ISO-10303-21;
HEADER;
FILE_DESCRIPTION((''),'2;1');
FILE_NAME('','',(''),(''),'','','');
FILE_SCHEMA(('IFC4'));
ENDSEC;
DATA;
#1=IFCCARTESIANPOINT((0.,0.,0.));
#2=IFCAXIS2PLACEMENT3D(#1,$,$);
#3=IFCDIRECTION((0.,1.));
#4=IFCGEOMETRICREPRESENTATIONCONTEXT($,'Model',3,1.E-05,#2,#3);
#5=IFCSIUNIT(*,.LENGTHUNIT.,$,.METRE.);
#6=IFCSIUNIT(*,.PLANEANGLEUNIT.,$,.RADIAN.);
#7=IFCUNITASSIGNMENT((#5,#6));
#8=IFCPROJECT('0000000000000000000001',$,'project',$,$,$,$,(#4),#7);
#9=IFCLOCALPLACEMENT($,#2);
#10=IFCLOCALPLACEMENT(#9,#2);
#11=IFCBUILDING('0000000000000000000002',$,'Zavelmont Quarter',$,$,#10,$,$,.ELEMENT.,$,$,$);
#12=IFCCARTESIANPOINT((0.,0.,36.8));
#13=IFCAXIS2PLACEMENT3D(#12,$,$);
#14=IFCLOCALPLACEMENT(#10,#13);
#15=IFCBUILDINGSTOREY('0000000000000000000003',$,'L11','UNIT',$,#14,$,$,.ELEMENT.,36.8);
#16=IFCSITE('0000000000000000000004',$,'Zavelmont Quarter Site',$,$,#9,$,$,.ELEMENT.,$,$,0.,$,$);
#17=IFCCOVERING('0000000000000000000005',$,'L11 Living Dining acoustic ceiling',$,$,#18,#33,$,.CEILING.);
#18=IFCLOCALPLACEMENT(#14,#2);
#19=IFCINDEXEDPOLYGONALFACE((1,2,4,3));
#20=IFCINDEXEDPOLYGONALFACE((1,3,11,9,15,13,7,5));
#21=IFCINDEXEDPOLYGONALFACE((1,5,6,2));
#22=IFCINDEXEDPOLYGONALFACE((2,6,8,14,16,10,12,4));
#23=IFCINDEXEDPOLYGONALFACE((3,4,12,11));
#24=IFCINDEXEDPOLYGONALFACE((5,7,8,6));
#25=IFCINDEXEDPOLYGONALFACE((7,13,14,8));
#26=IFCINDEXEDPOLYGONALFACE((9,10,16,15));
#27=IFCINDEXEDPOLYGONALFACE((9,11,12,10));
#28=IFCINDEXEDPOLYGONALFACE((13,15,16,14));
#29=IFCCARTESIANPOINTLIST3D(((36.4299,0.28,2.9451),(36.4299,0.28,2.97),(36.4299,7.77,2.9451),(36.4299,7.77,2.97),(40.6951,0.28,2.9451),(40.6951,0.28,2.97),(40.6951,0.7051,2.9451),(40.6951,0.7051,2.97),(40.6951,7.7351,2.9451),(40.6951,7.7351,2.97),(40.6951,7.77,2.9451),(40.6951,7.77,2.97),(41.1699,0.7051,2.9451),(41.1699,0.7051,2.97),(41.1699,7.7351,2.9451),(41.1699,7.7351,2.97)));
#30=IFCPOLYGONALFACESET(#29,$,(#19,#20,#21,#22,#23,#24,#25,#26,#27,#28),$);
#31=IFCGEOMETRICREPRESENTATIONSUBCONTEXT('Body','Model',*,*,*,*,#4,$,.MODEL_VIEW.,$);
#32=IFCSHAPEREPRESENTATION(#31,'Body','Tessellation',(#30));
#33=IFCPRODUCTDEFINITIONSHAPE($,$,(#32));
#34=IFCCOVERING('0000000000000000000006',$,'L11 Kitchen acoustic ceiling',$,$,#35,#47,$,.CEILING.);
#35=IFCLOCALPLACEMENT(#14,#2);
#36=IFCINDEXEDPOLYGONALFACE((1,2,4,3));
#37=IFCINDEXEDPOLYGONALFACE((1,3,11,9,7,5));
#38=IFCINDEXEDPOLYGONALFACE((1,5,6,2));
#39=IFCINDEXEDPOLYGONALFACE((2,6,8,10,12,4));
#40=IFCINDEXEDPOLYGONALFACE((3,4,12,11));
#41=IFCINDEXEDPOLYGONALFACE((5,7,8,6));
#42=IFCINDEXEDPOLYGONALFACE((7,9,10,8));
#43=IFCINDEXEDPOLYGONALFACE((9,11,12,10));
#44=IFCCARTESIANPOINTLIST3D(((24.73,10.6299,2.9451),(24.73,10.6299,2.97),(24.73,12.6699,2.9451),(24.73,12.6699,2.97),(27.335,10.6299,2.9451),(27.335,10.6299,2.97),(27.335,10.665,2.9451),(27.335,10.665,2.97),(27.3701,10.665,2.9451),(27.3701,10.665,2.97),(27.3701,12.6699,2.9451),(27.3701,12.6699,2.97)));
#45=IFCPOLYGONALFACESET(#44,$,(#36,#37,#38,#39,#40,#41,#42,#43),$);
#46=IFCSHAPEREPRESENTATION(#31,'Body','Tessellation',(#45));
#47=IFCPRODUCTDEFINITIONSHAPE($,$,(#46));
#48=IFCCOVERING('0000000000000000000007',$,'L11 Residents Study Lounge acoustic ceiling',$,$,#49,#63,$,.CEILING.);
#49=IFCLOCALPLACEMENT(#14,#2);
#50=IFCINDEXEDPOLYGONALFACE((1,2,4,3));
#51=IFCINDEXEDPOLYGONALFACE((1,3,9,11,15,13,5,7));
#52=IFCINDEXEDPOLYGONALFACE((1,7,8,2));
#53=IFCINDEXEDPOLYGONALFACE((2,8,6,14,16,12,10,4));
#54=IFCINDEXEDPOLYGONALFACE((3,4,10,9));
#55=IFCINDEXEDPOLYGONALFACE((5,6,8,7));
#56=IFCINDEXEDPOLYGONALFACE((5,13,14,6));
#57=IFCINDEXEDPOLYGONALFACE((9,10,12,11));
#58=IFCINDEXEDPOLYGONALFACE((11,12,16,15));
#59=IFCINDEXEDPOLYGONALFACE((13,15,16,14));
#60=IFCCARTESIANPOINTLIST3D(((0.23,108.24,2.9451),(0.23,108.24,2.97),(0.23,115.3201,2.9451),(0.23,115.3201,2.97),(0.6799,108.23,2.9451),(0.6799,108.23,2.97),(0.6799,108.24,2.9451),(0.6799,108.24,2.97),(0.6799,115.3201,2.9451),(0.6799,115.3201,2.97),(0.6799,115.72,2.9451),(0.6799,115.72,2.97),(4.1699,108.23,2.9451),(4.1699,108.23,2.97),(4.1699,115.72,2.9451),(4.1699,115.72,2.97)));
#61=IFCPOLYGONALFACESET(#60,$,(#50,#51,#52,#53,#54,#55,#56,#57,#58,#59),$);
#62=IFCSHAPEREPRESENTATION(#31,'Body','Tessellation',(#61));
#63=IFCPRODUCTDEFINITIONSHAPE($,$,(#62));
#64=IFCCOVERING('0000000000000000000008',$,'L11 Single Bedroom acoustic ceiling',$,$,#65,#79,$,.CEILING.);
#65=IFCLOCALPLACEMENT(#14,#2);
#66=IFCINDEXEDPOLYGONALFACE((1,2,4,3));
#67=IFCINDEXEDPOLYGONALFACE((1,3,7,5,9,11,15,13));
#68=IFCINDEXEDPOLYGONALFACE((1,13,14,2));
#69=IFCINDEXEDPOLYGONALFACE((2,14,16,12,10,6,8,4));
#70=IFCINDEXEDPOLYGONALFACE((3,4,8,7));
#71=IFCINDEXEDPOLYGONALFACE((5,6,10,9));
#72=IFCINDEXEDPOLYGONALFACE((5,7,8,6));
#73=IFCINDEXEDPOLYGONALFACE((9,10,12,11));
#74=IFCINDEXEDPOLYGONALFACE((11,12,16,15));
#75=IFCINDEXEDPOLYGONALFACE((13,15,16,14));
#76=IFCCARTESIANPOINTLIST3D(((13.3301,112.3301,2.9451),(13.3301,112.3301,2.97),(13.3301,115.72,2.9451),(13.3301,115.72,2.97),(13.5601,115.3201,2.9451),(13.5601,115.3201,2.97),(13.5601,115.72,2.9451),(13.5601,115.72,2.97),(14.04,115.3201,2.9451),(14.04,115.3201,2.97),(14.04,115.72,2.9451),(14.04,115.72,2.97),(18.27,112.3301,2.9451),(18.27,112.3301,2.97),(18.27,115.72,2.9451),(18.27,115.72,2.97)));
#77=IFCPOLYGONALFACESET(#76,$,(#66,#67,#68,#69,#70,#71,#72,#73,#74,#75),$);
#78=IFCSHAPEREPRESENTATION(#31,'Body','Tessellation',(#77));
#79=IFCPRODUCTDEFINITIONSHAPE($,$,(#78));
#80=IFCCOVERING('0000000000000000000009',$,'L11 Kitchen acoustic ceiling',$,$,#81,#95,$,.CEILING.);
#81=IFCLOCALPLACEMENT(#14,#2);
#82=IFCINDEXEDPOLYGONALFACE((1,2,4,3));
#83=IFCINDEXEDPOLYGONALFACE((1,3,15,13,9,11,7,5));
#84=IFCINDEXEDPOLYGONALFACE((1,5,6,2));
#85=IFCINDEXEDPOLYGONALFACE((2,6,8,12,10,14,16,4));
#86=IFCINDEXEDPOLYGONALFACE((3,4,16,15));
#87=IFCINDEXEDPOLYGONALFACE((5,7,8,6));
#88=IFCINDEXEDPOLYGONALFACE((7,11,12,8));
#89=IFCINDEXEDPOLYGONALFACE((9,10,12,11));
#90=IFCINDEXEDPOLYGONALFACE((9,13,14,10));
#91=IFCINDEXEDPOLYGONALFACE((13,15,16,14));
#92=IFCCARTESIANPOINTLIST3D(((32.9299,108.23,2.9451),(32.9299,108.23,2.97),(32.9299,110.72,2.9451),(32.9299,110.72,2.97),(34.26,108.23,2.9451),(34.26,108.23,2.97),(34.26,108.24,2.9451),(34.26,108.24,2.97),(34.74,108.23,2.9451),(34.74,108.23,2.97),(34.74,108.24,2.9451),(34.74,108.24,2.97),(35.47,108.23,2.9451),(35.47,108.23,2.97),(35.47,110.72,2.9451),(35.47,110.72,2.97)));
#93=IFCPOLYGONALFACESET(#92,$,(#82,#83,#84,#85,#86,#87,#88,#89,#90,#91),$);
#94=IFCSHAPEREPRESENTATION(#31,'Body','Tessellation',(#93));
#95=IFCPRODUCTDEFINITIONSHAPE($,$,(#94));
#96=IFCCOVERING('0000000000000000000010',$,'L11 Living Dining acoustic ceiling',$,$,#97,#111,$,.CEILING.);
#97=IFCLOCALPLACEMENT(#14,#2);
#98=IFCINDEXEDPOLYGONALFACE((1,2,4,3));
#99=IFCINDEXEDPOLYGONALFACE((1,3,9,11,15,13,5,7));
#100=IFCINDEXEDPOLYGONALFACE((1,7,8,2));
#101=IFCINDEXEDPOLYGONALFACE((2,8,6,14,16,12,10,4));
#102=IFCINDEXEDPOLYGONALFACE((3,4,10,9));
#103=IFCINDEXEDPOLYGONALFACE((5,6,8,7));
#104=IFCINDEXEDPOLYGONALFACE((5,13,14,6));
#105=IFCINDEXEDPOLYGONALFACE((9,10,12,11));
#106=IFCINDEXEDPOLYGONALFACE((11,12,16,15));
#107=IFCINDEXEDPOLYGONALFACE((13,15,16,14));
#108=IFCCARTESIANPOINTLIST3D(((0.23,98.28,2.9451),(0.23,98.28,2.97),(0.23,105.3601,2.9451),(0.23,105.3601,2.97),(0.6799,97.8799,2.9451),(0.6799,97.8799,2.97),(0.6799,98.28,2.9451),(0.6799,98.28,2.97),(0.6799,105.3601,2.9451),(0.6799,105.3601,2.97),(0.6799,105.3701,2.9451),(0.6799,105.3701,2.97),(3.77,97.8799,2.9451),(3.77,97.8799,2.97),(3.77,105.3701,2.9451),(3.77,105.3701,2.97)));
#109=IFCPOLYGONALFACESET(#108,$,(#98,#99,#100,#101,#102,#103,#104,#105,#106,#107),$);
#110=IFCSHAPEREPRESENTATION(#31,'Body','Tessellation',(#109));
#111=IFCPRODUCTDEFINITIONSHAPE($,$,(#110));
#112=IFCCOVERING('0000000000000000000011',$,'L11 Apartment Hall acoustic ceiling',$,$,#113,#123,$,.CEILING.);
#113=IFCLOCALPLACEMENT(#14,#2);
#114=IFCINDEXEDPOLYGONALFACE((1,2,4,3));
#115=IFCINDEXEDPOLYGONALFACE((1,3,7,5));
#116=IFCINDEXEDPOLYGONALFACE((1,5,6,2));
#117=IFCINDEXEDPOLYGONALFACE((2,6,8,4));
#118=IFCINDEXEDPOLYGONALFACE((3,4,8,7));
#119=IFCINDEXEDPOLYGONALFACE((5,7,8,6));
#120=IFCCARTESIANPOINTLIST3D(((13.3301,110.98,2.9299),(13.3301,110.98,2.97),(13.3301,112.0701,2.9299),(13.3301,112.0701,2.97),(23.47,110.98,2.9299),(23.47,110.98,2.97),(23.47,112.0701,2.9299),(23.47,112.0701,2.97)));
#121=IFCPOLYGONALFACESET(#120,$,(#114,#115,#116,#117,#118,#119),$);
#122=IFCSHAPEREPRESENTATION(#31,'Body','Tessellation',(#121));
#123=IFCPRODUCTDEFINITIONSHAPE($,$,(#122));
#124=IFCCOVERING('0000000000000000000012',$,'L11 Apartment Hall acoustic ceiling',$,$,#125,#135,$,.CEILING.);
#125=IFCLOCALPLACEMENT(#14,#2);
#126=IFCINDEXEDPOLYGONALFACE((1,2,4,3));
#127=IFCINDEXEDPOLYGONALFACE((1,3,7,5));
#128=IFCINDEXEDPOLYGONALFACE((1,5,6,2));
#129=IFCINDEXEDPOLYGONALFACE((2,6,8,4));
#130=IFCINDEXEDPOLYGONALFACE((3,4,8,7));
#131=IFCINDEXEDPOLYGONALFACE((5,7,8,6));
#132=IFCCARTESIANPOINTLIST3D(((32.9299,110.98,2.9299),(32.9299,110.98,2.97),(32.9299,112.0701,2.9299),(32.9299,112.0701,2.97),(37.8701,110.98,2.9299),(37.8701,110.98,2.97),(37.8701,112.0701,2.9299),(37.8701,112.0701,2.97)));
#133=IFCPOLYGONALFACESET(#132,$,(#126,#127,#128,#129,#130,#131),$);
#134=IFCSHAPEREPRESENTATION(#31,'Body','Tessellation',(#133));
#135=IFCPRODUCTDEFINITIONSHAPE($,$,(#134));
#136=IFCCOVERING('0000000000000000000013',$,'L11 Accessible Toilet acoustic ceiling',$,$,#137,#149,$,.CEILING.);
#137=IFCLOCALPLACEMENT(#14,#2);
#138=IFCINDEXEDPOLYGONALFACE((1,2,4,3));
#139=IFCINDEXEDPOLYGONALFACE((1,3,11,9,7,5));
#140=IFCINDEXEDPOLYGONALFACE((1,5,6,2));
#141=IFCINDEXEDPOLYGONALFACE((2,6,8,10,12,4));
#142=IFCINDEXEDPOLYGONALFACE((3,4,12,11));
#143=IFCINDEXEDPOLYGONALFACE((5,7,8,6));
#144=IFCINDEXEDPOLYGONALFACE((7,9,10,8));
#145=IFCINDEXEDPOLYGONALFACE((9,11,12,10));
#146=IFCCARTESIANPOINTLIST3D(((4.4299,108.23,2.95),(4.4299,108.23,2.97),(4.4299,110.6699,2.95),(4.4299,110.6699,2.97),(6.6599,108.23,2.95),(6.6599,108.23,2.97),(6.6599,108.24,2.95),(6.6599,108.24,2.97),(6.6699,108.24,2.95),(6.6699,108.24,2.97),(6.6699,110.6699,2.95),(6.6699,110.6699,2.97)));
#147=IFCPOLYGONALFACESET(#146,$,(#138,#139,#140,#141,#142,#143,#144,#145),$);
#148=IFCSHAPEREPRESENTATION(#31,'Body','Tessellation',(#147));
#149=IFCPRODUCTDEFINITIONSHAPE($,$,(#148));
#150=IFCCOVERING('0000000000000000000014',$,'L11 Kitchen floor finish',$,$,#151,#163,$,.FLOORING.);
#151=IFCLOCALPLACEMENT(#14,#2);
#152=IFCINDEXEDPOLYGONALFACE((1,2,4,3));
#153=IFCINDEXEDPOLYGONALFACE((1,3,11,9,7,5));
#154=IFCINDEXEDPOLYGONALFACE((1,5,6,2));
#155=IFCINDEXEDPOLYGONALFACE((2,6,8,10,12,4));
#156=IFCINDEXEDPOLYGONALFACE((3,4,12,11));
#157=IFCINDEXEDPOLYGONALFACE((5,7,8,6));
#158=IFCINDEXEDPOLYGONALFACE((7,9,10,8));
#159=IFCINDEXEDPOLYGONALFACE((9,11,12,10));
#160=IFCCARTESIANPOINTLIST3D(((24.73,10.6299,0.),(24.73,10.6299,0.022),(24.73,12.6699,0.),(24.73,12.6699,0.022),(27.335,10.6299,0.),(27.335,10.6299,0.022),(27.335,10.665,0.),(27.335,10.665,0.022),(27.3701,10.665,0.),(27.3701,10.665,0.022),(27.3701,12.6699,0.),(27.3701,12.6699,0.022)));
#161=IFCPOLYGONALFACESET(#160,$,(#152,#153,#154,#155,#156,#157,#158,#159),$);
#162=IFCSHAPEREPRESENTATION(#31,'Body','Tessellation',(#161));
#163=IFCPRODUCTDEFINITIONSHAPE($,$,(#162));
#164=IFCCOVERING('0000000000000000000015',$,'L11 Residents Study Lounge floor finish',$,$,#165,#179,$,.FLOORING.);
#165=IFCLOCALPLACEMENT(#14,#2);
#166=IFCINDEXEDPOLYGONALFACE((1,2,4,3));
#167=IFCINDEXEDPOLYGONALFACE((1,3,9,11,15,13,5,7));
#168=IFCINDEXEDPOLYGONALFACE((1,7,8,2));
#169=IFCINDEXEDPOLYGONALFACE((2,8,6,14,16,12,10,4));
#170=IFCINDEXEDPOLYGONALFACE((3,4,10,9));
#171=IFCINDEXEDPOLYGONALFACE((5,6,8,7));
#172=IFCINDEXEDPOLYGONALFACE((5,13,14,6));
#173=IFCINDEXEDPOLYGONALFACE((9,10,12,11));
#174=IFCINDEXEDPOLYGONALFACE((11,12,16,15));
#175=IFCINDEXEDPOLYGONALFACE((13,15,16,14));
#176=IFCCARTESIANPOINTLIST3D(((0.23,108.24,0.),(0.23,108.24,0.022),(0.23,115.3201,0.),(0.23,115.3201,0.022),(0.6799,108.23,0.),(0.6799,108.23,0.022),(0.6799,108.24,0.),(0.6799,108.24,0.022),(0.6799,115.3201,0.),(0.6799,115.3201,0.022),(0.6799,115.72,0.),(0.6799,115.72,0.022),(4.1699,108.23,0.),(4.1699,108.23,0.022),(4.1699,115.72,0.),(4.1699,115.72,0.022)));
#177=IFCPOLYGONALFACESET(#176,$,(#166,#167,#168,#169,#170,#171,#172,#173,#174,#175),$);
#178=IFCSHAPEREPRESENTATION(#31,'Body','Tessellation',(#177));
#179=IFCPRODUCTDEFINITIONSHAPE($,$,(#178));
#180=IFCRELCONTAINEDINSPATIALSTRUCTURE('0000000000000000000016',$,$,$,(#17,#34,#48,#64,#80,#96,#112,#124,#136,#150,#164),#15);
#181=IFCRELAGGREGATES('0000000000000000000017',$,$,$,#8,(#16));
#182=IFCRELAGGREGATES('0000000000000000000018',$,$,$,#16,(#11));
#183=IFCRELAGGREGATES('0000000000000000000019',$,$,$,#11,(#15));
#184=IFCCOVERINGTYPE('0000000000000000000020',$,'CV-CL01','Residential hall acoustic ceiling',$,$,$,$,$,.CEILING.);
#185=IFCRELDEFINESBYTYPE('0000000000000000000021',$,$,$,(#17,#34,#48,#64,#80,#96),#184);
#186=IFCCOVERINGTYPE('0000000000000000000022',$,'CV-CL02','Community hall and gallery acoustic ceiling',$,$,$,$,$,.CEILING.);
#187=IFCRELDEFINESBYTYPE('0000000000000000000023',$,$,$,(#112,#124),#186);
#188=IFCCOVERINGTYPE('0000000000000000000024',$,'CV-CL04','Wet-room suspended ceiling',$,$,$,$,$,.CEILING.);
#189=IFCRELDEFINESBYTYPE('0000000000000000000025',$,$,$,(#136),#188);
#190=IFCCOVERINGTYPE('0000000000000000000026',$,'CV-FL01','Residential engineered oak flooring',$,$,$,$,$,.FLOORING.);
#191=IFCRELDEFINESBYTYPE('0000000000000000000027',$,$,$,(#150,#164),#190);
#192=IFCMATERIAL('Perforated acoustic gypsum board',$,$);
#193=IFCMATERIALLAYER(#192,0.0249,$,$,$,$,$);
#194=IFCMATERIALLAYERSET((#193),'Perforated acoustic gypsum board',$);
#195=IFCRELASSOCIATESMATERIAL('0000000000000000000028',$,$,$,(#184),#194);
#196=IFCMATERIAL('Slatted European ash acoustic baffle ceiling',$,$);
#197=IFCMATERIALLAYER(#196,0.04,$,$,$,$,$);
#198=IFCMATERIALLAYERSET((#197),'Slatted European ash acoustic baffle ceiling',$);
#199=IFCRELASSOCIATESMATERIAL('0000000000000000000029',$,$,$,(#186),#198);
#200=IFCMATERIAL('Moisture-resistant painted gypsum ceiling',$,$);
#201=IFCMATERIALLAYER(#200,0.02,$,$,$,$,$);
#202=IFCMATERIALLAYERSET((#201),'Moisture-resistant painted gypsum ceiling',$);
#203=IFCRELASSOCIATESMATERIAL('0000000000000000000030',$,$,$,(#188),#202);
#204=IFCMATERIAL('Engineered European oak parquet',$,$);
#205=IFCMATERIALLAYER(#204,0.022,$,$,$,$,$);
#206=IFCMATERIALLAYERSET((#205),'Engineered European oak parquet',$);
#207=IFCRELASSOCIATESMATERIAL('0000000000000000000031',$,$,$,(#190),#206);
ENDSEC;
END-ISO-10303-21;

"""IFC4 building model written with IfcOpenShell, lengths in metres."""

from ifc_helpers import new_model, si_unit, direction, frame, origin, place, context, subcontext, project, spatial, polyline, outline, extrude, material, layer, layer_set, type_object, element, save


model = new_model("IFC4")

# Units and contexts
model_context = context("Model", 3, precision=1e-05, world=origin(), true_north=direction((0.0, 1.0)))
body_context = subcontext(model_context, "Body", "Model", "MODEL_VIEW")
ifc_project = project(units=[si_unit("LENGTHUNIT", "METRE"), si_unit("PLANEANGLEUNIT", "RADIAN")], contexts=[model_context])

# Site, building, storey
site_placement = place(None, origin())
site = spatial("IfcSite", under=ifc_project, at=site_placement, Name="Zavelmont Quarter Site", CompositionType="ELEMENT", RefElevation=0.0)
building_placement = place(site_placement, origin())
building = spatial("IfcBuilding", under=site, at=building_placement, Name="Zavelmont Quarter", CompositionType="ELEMENT")
storey_placement = place(building_placement, frame((0.0, 0.0, 36.8)))
storey = spatial("IfcBuildingStorey", under=building, at=storey_placement, Name="L11", Description="UNIT", CompositionType="ELEMENT", Elevation=36.8)

# Coverings
ifc_material_1 = material(Name="Perforated acoustic gypsum board")
ifc_layer_1 = layer(ifc_material_1, 0.0249)
ifc_layer_set_1 = layer_set([ifc_layer_1], Name="Perforated acoustic gypsum board")
covering_type_1 = type_object("IfcCoveringType", Name="CV-CL01", Description="Residential hall acoustic ceiling", PredefinedType="CEILING", material=ifc_layer_set_1)
covering_1_placement = place(storey_placement, frame((0.0, 0.0, 2.9451)))
element("IfcCovering", 1, at=covering_1_placement, inside=storey, type_object=covering_type_1, Name="L11 Living Dining acoustic ceiling", PredefinedType="CEILING", context=body_context, shape_type="SweptSolid", body=[
    extrude(outline(polyline([(36.4299, 7.77), (40.6951, 7.77), (40.6951, 7.7351), (41.1699, 7.7351), (41.1699, 0.7051), (40.6951, 0.7051), (40.6951, 0.28), (36.4299, 0.28), (36.4299, 7.77)])), origin(), (0.0, 0.0, 1.0), 0.0249),
])
covering_2_placement = place(storey_placement, frame((0.0, 0.0, 2.9451)))
element("IfcCovering", 2, at=covering_2_placement, inside=storey, type_object=covering_type_1, Name="L11 Kitchen acoustic ceiling", PredefinedType="CEILING", context=body_context, shape_type="SweptSolid", body=[
    extrude(outline(polyline([(24.73, 12.6699), (27.3701, 12.6699), (27.3701, 10.665), (27.335, 10.665), (27.335, 10.6299), (24.73, 10.6299), (24.73, 12.6699)])), origin(), (0.0, 0.0, 1.0), 0.0249),
])
covering_3_placement = place(storey_placement, frame((0.0, 0.0, 2.9451)))
element("IfcCovering", 3, at=covering_3_placement, inside=storey, type_object=covering_type_1, Name="L11 Residents Study Lounge acoustic ceiling", PredefinedType="CEILING", context=body_context, shape_type="SweptSolid", body=[
    extrude(outline(polyline([(0.23, 115.3201), (0.6799, 115.3201), (0.6799, 115.72), (4.1699, 115.72), (4.1699, 108.23), (0.6799, 108.23), (0.6799, 108.24), (0.23, 108.24), (0.23, 115.3201)])), origin(), (0.0, 0.0, 1.0), 0.0249),
])
covering_4_placement = place(storey_placement, frame((0.0, 0.0, 2.9451)))
element("IfcCovering", 4, at=covering_4_placement, inside=storey, type_object=covering_type_1, Name="L11 Single Bedroom acoustic ceiling", PredefinedType="CEILING", context=body_context, shape_type="SweptSolid", body=[
    extrude(outline(polyline([(13.3301, 115.72), (13.5601, 115.72), (13.5601, 115.3201), (14.04, 115.3201), (14.04, 115.72), (18.27, 115.72), (18.27, 112.3301), (13.3301, 112.3301), (13.3301, 115.72)])), origin(), (0.0, 0.0, 1.0), 0.0249),
])
covering_5_placement = place(storey_placement, frame((0.0, 0.0, 2.9451)))
element("IfcCovering", 5, at=covering_5_placement, inside=storey, type_object=covering_type_1, Name="L11 Kitchen acoustic ceiling", PredefinedType="CEILING", context=body_context, shape_type="SweptSolid", body=[
    extrude(outline(polyline([(32.9299, 110.72), (35.47, 110.72), (35.47, 108.23), (34.74, 108.23), (34.74, 108.24), (34.26, 108.24), (34.26, 108.23), (32.9299, 108.23), (32.9299, 110.72)])), origin(), (0.0, 0.0, 1.0), 0.0249),
])
covering_6_placement = place(storey_placement, frame((0.0, 0.0, 2.9451)))
element("IfcCovering", 6, at=covering_6_placement, inside=storey, type_object=covering_type_1, Name="L11 Living Dining acoustic ceiling", PredefinedType="CEILING", context=body_context, shape_type="SweptSolid", body=[
    extrude(outline(polyline([(0.23, 105.3601), (0.6799, 105.3601), (0.6799, 105.3701), (3.77, 105.3701), (3.77, 97.8799), (0.6799, 97.8799), (0.6799, 98.28), (0.23, 98.28), (0.23, 105.3601)])), origin(), (0.0, 0.0, 1.0), 0.0249),
])
ifc_material_2 = material(Name="Slatted European ash acoustic baffle ceiling")
ifc_layer_2 = layer(ifc_material_2, 0.04)
ifc_layer_set_2 = layer_set([ifc_layer_2], Name="Slatted European ash acoustic baffle ceiling")
covering_type_2 = type_object("IfcCoveringType", Name="CV-CL02", Description="Community hall and gallery acoustic ceiling", PredefinedType="CEILING", material=ifc_layer_set_2)
covering_7_placement = place(storey_placement, frame((0.0, 0.0, 2.9299)))
element("IfcCovering", 7, at=covering_7_placement, inside=storey, type_object=covering_type_2, Name="L11 Apartment Hall acoustic ceiling", PredefinedType="CEILING", context=body_context, shape_type="SweptSolid", body=[
    extrude(outline(polyline([(13.3301, 112.0701), (23.47, 112.0701), (23.47, 110.98), (13.3301, 110.98), (13.3301, 112.0701)])), origin(), (0.0, 0.0, 1.0), 0.04),
])
covering_8_placement = place(storey_placement, frame((0.0, 0.0, 2.9299)))
element("IfcCovering", 8, at=covering_8_placement, inside=storey, type_object=covering_type_2, Name="L11 Apartment Hall acoustic ceiling", PredefinedType="CEILING", context=body_context, shape_type="SweptSolid", body=[
    extrude(outline(polyline([(32.9299, 112.0701), (37.8701, 112.0701), (37.8701, 110.98), (32.9299, 110.98), (32.9299, 112.0701)])), origin(), (0.0, 0.0, 1.0), 0.04),
])
ifc_material_3 = material(Name="Moisture-resistant painted gypsum ceiling")
ifc_layer_3 = layer(ifc_material_3, 0.02)
ifc_layer_set_3 = layer_set([ifc_layer_3], Name="Moisture-resistant painted gypsum ceiling")
covering_type_3 = type_object("IfcCoveringType", Name="CV-CL04", Description="Wet-room suspended ceiling", PredefinedType="CEILING", material=ifc_layer_set_3)
covering_9_placement = place(storey_placement, frame((0.0, 0.0, 2.95)))
element("IfcCovering", 9, at=covering_9_placement, inside=storey, type_object=covering_type_3, Name="L11 Accessible Toilet acoustic ceiling", PredefinedType="CEILING", context=body_context, shape_type="SweptSolid", body=[
    extrude(outline(polyline([(4.4299, 110.6699), (6.6699, 110.6699), (6.6699, 108.24), (6.6599, 108.24), (6.6599, 108.23), (4.4299, 108.23), (4.4299, 110.6699)])), origin(), (0.0, 0.0, 1.0), 0.02),
])
ifc_material_4 = material(Name="Engineered European oak parquet")
ifc_layer_4 = layer(ifc_material_4, 0.022)
ifc_layer_set_4 = layer_set([ifc_layer_4], Name="Engineered European oak parquet")
covering_type_4 = type_object("IfcCoveringType", Name="CV-FL01", Description="Residential engineered oak flooring", PredefinedType="FLOORING", material=ifc_layer_set_4)
covering_10_placement = place(storey_placement, origin())
element("IfcCovering", 10, at=covering_10_placement, inside=storey, type_object=covering_type_4, Name="L11 Kitchen floor finish", PredefinedType="FLOORING", context=body_context, shape_type="SweptSolid", body=[
    extrude(outline(polyline([(24.73, 12.6699), (27.3701, 12.6699), (27.3701, 10.665), (27.335, 10.665), (27.335, 10.6299), (24.73, 10.6299), (24.73, 12.6699)])), origin(), (0.0, 0.0, 1.0), 0.022),
])
covering_11_placement = place(storey_placement, origin())
element("IfcCovering", 11, at=covering_11_placement, inside=storey, type_object=covering_type_4, Name="L11 Residents Study Lounge floor finish", PredefinedType="FLOORING", context=body_context, shape_type="SweptSolid", body=[
    extrude(outline(polyline([(0.23, 115.3201), (0.6799, 115.3201), (0.6799, 115.72), (4.1699, 115.72), (4.1699, 108.23), (0.6799, 108.23), (0.6799, 108.24), (0.23, 108.24), (0.23, 115.3201)])), origin(), (0.0, 0.0, 1.0), 0.022),
])

save(model, "model.ifc")
